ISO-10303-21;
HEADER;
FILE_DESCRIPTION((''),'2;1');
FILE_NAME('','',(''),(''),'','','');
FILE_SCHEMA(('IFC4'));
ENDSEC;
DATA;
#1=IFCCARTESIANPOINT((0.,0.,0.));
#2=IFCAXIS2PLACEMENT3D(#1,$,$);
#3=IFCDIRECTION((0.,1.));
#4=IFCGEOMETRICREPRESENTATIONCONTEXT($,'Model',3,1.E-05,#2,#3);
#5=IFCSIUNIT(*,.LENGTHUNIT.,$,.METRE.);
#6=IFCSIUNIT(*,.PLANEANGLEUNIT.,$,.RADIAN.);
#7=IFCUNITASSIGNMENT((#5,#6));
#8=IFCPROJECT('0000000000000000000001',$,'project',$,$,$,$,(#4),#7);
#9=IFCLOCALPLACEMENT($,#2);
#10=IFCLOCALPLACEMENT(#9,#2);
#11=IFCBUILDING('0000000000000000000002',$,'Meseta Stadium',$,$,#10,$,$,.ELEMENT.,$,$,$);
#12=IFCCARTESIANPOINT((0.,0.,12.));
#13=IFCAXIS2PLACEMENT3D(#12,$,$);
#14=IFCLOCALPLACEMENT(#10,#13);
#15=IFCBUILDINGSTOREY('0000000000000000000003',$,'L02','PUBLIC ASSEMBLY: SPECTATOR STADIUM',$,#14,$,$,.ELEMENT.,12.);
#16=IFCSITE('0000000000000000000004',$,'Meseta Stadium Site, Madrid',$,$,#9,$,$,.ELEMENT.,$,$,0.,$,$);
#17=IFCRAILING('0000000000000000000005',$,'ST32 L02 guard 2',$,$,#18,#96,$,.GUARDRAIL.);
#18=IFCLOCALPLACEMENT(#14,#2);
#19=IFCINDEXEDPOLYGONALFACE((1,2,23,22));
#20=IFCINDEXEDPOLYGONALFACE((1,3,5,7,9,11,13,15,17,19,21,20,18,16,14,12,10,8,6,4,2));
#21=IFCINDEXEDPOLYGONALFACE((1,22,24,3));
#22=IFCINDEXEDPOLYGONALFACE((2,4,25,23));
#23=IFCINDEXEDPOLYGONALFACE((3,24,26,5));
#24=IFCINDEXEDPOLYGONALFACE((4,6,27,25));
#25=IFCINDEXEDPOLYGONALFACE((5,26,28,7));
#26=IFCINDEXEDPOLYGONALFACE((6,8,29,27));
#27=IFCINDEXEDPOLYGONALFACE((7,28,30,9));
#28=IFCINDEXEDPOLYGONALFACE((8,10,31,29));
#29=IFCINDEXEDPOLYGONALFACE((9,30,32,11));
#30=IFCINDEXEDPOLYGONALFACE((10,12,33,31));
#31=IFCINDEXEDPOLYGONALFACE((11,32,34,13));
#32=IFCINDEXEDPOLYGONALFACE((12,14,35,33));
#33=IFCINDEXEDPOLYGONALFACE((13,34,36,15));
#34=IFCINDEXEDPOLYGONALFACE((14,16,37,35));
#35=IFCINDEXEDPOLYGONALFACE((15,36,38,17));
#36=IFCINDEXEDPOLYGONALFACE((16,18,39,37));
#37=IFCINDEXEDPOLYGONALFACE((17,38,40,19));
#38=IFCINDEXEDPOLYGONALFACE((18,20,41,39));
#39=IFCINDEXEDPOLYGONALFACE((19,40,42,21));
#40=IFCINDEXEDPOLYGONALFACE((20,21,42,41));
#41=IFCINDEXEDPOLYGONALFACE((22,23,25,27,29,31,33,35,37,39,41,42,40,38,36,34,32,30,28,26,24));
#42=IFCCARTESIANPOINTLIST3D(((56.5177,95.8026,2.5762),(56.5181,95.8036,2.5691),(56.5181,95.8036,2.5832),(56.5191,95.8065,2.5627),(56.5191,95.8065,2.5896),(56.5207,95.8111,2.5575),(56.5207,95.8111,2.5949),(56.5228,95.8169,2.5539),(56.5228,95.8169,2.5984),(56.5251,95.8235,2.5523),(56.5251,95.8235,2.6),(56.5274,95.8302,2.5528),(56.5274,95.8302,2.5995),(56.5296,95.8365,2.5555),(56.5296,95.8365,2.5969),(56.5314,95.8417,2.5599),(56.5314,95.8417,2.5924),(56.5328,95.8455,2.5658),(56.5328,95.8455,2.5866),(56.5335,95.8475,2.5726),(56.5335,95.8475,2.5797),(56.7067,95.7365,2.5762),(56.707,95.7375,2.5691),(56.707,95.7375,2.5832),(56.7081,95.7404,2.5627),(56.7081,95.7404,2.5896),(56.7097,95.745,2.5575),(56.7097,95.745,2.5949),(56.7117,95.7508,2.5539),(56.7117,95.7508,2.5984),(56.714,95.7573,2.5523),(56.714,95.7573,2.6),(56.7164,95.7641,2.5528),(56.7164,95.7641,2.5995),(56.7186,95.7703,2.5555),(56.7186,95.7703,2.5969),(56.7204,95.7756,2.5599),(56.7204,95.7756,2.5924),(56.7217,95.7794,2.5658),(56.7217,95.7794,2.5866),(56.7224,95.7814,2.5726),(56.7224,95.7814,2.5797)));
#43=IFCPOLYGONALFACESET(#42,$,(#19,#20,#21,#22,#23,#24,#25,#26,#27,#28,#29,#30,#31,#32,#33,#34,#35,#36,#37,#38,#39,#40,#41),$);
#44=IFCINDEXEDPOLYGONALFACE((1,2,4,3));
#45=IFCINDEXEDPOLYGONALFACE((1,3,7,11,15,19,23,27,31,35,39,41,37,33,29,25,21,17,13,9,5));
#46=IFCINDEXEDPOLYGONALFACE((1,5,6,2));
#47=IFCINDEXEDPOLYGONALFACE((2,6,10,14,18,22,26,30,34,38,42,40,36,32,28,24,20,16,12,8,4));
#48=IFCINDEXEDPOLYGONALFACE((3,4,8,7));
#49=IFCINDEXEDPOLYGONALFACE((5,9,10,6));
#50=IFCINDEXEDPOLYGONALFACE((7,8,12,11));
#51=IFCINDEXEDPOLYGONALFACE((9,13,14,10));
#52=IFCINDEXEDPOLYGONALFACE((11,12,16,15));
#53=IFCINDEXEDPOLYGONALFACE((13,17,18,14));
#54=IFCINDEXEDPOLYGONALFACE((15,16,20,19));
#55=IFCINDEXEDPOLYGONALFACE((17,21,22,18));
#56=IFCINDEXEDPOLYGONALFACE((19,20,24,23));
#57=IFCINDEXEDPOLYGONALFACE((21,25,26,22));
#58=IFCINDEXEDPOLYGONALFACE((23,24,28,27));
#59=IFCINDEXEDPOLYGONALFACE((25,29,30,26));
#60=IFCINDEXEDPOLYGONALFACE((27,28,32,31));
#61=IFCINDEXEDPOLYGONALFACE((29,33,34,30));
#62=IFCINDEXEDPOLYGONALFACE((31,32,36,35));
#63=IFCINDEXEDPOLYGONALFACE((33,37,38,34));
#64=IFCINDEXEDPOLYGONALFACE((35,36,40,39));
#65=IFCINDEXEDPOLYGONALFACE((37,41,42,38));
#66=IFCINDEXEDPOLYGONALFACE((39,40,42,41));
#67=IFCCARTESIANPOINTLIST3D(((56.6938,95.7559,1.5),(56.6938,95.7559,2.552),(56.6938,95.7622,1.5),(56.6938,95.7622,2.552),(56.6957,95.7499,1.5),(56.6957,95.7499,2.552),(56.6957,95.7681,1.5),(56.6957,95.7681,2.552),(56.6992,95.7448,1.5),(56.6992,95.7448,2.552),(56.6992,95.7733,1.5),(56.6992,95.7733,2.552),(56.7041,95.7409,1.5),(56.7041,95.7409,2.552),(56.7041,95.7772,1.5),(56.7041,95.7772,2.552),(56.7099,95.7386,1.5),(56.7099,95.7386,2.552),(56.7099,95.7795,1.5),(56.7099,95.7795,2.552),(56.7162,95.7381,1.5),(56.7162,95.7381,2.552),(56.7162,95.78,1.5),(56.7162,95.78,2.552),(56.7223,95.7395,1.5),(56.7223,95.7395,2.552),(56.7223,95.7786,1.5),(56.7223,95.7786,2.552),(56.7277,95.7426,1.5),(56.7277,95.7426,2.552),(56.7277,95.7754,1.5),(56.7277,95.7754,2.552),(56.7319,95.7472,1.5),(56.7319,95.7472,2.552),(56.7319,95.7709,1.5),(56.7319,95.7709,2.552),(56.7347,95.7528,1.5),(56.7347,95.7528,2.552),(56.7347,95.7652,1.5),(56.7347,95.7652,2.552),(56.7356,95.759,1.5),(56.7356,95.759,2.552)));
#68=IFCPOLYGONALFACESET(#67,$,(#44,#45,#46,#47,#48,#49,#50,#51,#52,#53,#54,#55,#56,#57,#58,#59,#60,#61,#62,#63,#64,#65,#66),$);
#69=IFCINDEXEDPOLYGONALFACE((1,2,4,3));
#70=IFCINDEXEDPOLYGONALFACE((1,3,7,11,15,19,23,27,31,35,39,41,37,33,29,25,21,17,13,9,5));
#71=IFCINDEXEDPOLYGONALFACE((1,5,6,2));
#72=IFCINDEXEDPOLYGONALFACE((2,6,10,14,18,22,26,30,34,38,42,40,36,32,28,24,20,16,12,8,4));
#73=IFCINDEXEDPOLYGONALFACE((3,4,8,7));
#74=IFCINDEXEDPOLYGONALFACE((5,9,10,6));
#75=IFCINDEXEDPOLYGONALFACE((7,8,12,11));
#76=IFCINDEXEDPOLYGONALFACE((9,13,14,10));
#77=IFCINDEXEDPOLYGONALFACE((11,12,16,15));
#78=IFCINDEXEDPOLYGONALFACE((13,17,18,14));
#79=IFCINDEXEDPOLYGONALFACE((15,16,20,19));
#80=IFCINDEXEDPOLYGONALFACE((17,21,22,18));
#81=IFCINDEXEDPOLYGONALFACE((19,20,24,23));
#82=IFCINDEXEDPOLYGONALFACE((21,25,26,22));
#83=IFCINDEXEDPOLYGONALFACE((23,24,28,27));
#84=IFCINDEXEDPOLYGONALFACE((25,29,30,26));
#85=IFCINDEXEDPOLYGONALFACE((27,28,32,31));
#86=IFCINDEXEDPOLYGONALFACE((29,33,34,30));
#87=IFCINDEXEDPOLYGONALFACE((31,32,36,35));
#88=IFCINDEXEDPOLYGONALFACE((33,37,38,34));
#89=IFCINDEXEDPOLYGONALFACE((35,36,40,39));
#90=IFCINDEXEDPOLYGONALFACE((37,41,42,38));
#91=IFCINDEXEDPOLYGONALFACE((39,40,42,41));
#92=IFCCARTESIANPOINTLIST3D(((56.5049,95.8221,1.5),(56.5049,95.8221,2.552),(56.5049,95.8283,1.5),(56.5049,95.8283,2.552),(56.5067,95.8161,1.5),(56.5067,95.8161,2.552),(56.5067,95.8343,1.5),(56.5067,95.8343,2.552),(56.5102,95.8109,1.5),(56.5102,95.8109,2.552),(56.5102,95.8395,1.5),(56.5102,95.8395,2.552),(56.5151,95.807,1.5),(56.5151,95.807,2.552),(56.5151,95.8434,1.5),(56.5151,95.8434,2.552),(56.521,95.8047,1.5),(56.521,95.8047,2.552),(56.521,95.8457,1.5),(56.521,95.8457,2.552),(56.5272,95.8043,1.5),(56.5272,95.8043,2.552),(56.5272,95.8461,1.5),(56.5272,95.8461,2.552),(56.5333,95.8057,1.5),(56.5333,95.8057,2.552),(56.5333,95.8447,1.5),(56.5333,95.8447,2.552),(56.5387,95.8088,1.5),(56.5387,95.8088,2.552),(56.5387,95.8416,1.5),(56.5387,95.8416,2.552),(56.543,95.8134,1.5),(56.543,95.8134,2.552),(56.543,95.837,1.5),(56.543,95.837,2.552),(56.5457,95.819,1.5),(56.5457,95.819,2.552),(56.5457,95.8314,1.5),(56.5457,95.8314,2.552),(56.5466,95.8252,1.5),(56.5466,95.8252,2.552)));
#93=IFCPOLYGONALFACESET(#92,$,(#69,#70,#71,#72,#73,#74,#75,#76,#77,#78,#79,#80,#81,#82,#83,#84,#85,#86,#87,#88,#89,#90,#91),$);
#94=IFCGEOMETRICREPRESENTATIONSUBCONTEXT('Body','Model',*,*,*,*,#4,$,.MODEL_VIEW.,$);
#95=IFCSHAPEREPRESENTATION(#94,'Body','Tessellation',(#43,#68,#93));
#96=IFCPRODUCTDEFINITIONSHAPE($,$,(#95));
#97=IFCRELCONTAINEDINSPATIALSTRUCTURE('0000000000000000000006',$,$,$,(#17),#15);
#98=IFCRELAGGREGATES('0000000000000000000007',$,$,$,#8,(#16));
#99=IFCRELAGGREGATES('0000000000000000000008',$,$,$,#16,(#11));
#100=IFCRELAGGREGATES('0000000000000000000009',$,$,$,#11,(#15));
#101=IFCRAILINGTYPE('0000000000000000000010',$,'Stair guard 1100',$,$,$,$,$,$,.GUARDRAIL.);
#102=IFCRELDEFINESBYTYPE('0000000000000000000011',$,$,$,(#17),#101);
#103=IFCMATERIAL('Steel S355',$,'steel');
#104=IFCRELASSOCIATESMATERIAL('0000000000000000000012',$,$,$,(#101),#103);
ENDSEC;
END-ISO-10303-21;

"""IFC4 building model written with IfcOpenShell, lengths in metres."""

from ifc_helpers import new_model, si_unit, direction, frame, origin, origin_2d, place, context, subcontext, project, spatial, circle, extrude, material, type_object, element, save


model = new_model("IFC4")

# Units and contexts
model_context = context("Model", 3, precision=1e-05, world=origin(), true_north=direction((0.0, 1.0)))
body_context = subcontext(model_context, "Body", "Model", "MODEL_VIEW")
ifc_project = project(units=[si_unit("LENGTHUNIT", "METRE"), si_unit("PLANEANGLEUNIT", "RADIAN")], contexts=[model_context])

# Site, building, storey
site_placement = place(None, origin())
site = spatial("IfcSite", under=ifc_project, at=site_placement, Name="Meseta Stadium Site, Madrid", CompositionType="ELEMENT", RefElevation=0.0)
building_placement = place(site_placement, origin())
building = spatial("IfcBuilding", under=site, at=building_placement, Name="Meseta Stadium", CompositionType="ELEMENT")
storey_placement = place(building_placement, frame((0.0, 0.0, 12.0)))
storey = spatial("IfcBuildingStorey", under=building, at=storey_placement, Name="L02", Description="PUBLIC ASSEMBLY: SPECTATOR STADIUM", CompositionType="ELEMENT", Elevation=12.0)

# Railing
ifc_material_1 = material(Name="Steel S355", Category="steel")
railing_type_1 = type_object("IfcRailingType", Name="Stair guard 1100", PredefinedType="GUARDRAIL", material=ifc_material_1)
railing_1_placement = place(storey_placement, frame((56.7146, 95.759, 1.5)))
element("IfcRailing", 1, at=railing_1_placement, inside=storey, type_object=railing_type_1, Name="ST32 L02 guard 2", PredefinedType="GUARDRAIL", context=body_context, shape_type="SweptSolid", body=[
    extrude(circle(Radius=0.0239, at=origin_2d()), frame((0.0, 0.0, 1.0762), z_axis=(-0.94382, 0.330459, 0.0), x_axis=(-0.330459, -0.94382, 0.0)), (0.0, 0.0, 1.0), 0.2002),
    extrude(circle(Radius=0.021, at=origin_2d()), origin(), (0.0, 0.0, 1.0), 1.052),
    extrude(circle(Radius=0.021, at=origin_2d()), frame((-0.189, 0.0662, 0.0)), (0.0, 0.0, 1.0), 1.052),
])

save(model, "model.ifc")
